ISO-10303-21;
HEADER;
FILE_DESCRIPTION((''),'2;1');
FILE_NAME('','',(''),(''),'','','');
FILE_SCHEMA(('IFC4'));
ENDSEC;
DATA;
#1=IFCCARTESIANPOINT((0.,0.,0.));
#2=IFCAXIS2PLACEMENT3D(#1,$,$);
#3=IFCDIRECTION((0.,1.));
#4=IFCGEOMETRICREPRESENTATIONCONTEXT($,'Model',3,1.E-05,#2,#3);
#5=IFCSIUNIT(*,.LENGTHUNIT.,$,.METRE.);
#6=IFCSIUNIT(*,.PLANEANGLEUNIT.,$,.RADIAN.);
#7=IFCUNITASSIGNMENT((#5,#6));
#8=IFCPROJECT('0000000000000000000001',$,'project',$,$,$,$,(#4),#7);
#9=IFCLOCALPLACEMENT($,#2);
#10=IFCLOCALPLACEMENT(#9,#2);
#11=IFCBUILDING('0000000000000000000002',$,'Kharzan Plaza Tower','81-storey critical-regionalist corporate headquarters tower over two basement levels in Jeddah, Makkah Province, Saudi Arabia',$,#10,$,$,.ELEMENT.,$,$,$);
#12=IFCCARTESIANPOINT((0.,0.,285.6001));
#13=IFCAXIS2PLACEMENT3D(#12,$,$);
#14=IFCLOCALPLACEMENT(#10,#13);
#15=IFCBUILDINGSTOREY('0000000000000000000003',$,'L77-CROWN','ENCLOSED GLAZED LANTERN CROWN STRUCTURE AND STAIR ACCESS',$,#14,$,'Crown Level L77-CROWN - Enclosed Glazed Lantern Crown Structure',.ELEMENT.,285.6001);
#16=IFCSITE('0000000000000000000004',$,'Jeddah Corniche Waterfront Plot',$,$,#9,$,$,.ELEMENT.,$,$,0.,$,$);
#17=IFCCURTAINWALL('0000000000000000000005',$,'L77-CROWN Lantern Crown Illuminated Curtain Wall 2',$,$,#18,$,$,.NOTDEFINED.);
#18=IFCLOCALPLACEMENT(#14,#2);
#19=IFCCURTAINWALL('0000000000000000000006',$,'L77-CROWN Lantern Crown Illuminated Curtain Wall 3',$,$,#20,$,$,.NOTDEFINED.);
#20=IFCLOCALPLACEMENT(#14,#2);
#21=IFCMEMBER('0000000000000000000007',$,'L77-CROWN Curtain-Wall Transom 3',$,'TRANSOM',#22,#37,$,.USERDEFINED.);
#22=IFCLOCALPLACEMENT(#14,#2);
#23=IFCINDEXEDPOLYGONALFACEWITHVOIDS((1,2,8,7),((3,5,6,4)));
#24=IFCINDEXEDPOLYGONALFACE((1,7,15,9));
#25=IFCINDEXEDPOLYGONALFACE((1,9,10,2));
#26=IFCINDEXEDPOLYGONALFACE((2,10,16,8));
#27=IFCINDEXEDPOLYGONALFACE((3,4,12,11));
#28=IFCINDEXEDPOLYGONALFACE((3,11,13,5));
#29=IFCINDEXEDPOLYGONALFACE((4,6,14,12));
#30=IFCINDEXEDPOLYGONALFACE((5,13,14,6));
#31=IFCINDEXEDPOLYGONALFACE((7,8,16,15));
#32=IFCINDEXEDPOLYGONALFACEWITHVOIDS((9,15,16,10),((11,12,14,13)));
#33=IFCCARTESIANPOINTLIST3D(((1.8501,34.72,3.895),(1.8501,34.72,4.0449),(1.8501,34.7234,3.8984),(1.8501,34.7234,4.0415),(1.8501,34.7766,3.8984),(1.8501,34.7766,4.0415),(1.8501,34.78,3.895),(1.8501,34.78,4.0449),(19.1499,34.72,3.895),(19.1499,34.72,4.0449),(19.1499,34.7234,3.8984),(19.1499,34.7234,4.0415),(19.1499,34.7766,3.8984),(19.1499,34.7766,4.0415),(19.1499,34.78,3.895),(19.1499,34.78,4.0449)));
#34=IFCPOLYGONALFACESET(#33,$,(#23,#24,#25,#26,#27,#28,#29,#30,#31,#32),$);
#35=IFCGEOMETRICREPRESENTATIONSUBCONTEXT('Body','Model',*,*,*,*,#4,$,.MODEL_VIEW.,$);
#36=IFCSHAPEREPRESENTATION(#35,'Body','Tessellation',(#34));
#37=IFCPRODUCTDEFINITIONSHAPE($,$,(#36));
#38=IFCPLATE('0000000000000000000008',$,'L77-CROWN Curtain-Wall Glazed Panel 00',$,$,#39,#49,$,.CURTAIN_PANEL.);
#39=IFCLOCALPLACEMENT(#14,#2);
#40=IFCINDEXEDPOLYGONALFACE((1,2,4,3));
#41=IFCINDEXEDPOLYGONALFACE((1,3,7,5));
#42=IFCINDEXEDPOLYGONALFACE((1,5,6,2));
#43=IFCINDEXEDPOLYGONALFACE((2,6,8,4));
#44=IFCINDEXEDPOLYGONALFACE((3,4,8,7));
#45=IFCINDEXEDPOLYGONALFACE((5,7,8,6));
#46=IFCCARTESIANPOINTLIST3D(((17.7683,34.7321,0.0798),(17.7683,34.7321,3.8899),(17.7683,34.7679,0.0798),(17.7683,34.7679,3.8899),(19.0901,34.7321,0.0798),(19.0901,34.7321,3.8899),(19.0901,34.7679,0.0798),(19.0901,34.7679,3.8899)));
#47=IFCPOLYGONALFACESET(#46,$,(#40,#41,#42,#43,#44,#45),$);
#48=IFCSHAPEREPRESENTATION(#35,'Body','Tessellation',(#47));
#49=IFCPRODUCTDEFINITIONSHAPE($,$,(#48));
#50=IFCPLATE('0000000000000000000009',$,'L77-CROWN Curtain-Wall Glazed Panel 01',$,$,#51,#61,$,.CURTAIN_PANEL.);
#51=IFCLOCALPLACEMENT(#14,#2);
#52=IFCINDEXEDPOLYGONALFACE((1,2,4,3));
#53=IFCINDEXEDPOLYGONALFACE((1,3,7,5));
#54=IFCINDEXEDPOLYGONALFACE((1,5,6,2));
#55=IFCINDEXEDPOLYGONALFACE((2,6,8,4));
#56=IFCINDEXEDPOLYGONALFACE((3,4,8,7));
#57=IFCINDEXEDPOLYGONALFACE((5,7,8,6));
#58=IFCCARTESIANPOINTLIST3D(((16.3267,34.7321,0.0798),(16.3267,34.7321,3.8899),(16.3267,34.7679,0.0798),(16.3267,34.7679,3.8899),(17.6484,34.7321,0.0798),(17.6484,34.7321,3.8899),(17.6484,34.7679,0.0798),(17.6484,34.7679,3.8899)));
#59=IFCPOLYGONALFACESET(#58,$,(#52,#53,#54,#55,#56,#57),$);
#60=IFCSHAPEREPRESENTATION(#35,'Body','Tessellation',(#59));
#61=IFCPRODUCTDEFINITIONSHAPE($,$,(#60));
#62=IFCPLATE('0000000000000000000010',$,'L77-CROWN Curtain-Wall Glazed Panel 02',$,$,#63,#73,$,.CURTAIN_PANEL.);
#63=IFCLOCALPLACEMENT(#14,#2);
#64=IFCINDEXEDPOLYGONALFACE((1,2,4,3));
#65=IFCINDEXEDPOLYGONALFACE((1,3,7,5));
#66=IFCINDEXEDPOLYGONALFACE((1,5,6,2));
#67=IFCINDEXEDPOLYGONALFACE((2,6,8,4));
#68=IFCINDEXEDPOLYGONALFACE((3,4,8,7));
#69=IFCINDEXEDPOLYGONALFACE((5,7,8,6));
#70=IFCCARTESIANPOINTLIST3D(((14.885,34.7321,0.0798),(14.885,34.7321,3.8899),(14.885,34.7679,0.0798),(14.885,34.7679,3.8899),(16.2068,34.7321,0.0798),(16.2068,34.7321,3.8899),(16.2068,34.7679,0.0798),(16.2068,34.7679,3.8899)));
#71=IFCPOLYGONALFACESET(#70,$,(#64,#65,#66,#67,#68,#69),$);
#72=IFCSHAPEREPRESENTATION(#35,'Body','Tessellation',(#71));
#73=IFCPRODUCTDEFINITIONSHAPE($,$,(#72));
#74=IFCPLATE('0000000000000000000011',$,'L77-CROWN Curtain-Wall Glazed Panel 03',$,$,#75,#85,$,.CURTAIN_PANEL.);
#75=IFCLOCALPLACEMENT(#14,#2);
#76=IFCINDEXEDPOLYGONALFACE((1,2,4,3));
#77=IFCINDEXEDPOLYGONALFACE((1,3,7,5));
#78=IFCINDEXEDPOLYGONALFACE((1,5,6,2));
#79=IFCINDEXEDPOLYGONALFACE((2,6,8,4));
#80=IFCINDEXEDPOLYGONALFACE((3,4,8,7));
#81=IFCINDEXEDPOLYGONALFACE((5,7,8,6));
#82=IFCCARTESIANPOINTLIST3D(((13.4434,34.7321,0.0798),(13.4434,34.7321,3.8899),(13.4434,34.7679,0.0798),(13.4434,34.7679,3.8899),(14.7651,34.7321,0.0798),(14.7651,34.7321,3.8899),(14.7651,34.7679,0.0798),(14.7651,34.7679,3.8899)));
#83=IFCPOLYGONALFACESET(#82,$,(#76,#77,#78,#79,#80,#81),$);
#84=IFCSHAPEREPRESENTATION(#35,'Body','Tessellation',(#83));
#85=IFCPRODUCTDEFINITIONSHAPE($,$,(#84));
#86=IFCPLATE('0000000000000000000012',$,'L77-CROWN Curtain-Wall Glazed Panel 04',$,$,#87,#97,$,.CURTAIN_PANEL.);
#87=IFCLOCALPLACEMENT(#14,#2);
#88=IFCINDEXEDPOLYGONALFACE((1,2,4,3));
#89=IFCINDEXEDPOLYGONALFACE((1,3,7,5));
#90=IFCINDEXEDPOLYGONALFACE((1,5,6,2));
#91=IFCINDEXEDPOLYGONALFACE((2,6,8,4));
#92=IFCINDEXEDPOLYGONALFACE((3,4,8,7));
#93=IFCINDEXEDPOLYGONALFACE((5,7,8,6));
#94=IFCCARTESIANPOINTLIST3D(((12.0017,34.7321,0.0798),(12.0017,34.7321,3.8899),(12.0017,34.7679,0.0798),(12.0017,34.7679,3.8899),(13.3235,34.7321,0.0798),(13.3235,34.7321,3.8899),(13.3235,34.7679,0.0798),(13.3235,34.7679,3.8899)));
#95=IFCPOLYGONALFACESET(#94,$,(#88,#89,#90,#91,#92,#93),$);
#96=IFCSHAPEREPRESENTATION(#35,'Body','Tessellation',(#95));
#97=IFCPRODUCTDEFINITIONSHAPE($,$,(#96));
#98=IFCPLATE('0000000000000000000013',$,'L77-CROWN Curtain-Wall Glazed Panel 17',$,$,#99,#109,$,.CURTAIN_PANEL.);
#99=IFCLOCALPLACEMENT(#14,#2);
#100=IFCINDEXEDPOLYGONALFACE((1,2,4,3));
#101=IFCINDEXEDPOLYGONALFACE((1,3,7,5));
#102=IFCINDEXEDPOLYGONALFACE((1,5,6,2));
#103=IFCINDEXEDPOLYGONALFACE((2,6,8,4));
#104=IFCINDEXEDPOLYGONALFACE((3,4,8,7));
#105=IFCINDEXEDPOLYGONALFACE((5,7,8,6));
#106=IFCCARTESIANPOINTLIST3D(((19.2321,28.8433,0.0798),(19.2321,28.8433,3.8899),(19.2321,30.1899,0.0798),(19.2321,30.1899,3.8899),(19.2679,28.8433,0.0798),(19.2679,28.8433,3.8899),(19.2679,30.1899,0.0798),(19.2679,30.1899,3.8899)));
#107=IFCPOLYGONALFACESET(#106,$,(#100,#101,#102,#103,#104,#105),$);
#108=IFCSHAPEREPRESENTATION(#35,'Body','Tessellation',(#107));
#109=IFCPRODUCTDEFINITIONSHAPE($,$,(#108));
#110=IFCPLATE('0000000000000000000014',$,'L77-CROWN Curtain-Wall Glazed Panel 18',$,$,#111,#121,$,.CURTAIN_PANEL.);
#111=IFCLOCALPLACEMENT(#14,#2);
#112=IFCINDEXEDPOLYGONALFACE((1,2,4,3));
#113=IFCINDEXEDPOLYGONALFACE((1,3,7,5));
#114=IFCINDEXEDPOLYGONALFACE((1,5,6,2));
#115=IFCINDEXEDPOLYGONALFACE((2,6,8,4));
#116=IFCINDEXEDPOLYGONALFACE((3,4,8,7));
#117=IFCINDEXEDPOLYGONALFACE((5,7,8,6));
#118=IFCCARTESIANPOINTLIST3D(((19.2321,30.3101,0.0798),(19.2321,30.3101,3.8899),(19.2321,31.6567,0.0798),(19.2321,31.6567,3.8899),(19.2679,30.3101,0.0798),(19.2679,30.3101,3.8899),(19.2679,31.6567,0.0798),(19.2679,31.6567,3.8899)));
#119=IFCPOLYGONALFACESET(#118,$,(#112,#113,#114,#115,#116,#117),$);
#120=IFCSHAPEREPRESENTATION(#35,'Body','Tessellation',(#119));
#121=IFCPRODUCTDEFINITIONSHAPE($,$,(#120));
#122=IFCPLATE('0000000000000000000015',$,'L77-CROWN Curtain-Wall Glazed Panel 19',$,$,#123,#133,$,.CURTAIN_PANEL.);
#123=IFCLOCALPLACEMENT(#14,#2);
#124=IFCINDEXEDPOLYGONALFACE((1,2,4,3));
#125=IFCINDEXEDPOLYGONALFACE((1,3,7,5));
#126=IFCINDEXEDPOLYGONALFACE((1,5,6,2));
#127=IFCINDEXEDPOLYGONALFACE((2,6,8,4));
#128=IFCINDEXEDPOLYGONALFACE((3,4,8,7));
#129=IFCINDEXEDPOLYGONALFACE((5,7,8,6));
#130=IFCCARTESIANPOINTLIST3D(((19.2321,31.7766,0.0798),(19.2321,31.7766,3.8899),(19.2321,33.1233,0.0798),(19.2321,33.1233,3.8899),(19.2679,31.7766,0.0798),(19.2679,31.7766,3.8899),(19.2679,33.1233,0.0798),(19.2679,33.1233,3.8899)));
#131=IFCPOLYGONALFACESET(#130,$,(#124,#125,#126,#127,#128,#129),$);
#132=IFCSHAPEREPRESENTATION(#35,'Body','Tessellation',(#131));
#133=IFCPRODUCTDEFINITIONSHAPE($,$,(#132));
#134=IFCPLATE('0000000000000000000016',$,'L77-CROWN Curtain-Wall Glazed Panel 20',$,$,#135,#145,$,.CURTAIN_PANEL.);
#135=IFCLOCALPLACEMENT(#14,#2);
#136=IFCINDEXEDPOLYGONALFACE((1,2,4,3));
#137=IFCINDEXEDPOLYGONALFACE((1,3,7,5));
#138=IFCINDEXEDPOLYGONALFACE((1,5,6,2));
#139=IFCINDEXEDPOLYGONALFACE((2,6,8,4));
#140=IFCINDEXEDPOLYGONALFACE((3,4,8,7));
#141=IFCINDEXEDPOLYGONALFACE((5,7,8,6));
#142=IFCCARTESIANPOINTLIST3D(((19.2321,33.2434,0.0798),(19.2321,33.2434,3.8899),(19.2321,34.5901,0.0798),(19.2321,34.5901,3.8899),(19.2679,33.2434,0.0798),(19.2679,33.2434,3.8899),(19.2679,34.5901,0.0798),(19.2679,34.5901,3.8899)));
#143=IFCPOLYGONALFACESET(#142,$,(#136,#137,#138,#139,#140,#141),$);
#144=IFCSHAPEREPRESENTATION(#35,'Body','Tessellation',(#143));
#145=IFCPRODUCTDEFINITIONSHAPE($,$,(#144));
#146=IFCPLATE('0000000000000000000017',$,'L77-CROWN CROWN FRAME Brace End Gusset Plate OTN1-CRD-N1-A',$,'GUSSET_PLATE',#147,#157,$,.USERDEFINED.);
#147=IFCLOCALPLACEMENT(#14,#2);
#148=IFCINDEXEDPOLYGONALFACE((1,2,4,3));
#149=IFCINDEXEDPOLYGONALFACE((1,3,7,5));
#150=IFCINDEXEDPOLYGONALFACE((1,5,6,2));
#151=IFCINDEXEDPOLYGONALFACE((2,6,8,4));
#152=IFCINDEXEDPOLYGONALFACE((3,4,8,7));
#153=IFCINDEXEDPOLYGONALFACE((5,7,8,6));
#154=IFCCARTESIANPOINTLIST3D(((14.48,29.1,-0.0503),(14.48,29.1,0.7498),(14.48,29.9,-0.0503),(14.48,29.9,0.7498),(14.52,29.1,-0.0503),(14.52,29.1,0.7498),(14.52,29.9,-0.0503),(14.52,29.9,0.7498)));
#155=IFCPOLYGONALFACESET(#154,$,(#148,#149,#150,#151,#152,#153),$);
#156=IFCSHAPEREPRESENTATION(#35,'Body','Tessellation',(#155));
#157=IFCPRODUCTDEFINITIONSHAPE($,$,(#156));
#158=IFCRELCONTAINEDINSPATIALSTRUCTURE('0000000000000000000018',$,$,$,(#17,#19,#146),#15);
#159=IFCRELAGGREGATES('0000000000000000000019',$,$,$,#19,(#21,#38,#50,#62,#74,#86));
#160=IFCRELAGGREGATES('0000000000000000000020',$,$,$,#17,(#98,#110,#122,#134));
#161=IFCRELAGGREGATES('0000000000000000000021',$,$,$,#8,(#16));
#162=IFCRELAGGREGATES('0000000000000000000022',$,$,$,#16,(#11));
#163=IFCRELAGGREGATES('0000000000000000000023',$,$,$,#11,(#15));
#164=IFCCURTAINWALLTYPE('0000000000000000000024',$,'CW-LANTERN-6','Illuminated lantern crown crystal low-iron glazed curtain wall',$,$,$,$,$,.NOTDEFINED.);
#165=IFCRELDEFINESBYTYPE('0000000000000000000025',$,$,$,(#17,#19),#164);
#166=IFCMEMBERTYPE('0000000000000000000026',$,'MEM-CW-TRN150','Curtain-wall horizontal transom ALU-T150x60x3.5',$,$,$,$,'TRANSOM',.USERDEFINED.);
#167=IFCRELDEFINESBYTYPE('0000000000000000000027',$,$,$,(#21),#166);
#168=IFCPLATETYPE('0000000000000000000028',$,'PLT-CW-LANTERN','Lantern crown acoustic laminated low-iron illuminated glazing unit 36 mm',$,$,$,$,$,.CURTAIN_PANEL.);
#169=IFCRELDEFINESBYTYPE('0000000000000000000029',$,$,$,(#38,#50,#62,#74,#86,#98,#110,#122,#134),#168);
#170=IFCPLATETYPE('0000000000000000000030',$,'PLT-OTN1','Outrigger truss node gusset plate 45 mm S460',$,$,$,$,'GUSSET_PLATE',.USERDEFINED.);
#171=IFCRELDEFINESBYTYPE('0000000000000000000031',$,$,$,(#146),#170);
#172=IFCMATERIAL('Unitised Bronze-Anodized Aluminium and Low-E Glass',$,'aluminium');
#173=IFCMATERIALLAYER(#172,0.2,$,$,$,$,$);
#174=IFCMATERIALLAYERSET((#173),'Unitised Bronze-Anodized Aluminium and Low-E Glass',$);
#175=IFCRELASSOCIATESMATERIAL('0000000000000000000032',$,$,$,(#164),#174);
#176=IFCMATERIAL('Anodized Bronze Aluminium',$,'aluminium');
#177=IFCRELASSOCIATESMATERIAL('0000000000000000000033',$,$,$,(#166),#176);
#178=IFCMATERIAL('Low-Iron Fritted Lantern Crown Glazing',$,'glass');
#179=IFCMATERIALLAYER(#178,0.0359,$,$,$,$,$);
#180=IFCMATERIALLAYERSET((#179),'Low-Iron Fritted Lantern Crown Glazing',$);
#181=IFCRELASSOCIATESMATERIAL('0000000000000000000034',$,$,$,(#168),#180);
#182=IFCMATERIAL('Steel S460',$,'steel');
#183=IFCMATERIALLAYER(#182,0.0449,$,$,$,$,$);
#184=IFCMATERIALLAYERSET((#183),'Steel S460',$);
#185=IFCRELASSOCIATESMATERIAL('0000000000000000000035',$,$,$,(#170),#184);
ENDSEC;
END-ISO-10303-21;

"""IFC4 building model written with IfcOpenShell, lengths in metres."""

from ifc_helpers import new_model, si_unit, direction, frame, origin, origin_2d, place, context, subcontext, project, spatial, rectangle, hollow_rectangle, extrude, source, transform, mapped, material, layer, layer_set, material_profile, profile_set, type_object, element, aggregate, save


model = new_model("IFC4")

# Units and contexts
model_context = context("Model", 3, precision=1e-05, world=origin(), true_north=direction((0.0, 1.0)))
body_context = subcontext(model_context, "Body", "Model", "MODEL_VIEW")
ifc_project = project(units=[si_unit("LENGTHUNIT", "METRE"), si_unit("PLANEANGLEUNIT", "RADIAN")], contexts=[model_context])

# Site, building, storey
site_placement = place(None, origin())
site = spatial("IfcSite", under=ifc_project, at=site_placement, Name="Jeddah Corniche Waterfront Plot", CompositionType="ELEMENT", RefElevation=0.0)
building_placement = place(site_placement, origin())
building = spatial("IfcBuilding", under=site, at=building_placement, Name="Kharzan Plaza Tower", Description="81-storey critical-regionalist corporate headquarters tower over two basement levels in Jeddah, Makkah Province, Saudi Arabia", CompositionType="ELEMENT")
storey_placement = place(building_placement, frame((0.0, 0.0, 285.6001)))
storey = spatial("IfcBuildingStorey", under=building, at=storey_placement, Name="L77-CROWN", Description="ENCLOSED GLAZED LANTERN CROWN STRUCTURE AND STAIR ACCESS", LongName="Crown Level L77-CROWN - Enclosed Glazed Lantern Crown Structure", CompositionType="ELEMENT", Elevation=285.6001)

# Curtain wall
ifc_material_1 = material(Name="Unitised Bronze-Anodized Aluminium and Low-E Glass", Category="aluminium")
ifc_layer_1 = layer(ifc_material_1, 0.2)
ifc_layer_set_1 = layer_set([ifc_layer_1], Name="Unitised Bronze-Anodized Aluminium and Low-E Glass")
curtain_wall_type = type_object("IfcCurtainWallType", Name="CW-LANTERN-6", Description="Illuminated lantern crown crystal low-iron glazed curtain wall", PredefinedType="NOTDEFINED", material=ifc_layer_set_1)
curtain_wall_1_placement = place(storey_placement, origin())
curtain_wall_1 = element("IfcCurtainWall", 1, at=curtain_wall_1_placement, inside=storey, type_object=curtain_wall_type, Name="L77-CROWN Lantern Crown Illuminated Curtain Wall 2", PredefinedType="NOTDEFINED")
ifc_material_2 = material(Name="Anodized Bronze Aluminium", Category="aluminium")

# Curtain wall, member, plates
curtain_wall_2_placement = place(storey_placement, origin())
curtain_wall_2 = element("IfcCurtainWall", 2, at=curtain_wall_2_placement, inside=storey, type_object=curtain_wall_type, Name="L77-CROWN Lantern Crown Illuminated Curtain Wall 3", PredefinedType="NOTDEFINED")
ifc_material_profile_1 = material_profile(ifc_material_2, hollow_rectangle(XDim=0.0601, YDim=0.1499, WallThickness=0.0034, at=origin_2d()), Name="ALU-T150x60x3.5")
ifc_profile_set_1 = profile_set([ifc_material_profile_1], Name="Anodized Bronze Aluminium")
member_type_1 = type_object("IfcMemberType", Name="MEM-CW-TRN150", Description="Curtain-wall horizontal transom ALU-T150x60x3.5", ElementType="TRANSOM", PredefinedType="USERDEFINED", material=ifc_profile_set_1)
shared_shape_1 = source(origin(), body_context, "Body", "SweptSolid", [
    extrude(hollow_rectangle(XDim=0.0601, YDim=0.1499, WallThickness=0.0034, at=origin_2d()), origin(), (0.0, 0.0, 1.0), 17.2998),
])
member_1_placement = place(storey_placement, frame((19.1499, 34.75, 3.97), z_axis=(-1.0, 0.0, 0.0), x_axis=(0.0, -1.0, 0.0)))
member_1 = element("IfcMember", 3, at=member_1_placement, type_object=member_type_1, Name="L77-CROWN Curtain-Wall Transom 3", ObjectType="TRANSOM", PredefinedType="USERDEFINED", context=body_context, shape_type="MappedRepresentation", body=[
    mapped(shared_shape_1, transform((0.0, 0.0, 0.0), x_axis=(1.0, 0.0, 0.0), y_axis=(0.0, 1.0, 0.0), z_axis=(0.0, 0.0, 1.0))),
])
ifc_material_3 = material(Name="Low-Iron Fritted Lantern Crown Glazing", Category="glass")
ifc_layer_2 = layer(ifc_material_3, 0.0359)
ifc_layer_set_2 = layer_set([ifc_layer_2], Name="Low-Iron Fritted Lantern Crown Glazing")
plate_type_1 = type_object("IfcPlateType", Name="PLT-CW-LANTERN", Description="Lantern crown acoustic laminated low-iron illuminated glazing unit 36 mm", PredefinedType="CURTAIN_PANEL", material=ifc_layer_set_2)
shared_shape_2 = source(origin(), body_context, "Body", "SweptSolid", [
    extrude(rectangle(XDim=1.3218, YDim=0.0359, at=origin_2d()), origin(), (0.0, 0.0, 1.0), 3.8101),
])
plate_1_placement = place(storey_placement, frame((18.4292, 34.75, 0.0798), z_axis=(0.0, 0.0, 1.0), x_axis=(-1.0, 0.0, 0.0)))
plate_1 = element("IfcPlate", 4, at=plate_1_placement, type_object=plate_type_1, Name="L77-CROWN Curtain-Wall Glazed Panel 00", PredefinedType="CURTAIN_PANEL", context=body_context, shape_type="MappedRepresentation", body=[
    mapped(shared_shape_2, transform((0.0, 0.0, 0.0), x_axis=(1.0, 0.0, 0.0), y_axis=(0.0, 1.0, 0.0), z_axis=(0.0, 0.0, 1.0))),
])
plate_2_placement = place(storey_placement, frame((16.9875, 34.75, 0.0798), z_axis=(0.0, 0.0, 1.0), x_axis=(-1.0, 0.0, 0.0)))
plate_2 = element("IfcPlate", 5, at=plate_2_placement, type_object=plate_type_1, Name="L77-CROWN Curtain-Wall Glazed Panel 01", PredefinedType="CURTAIN_PANEL", context=body_context, shape_type="MappedRepresentation", body=[
    mapped(shared_shape_2, transform((0.0, 0.0, 0.0), x_axis=(1.0, 0.0, 0.0), y_axis=(0.0, 1.0, 0.0), z_axis=(0.0, 0.0, 1.0))),
])
plate_3_placement = place(storey_placement, frame((15.5459, 34.75, 0.0798), z_axis=(0.0, 0.0, 1.0), x_axis=(-1.0, 0.0, 0.0)))
plate_3 = element("IfcPlate", 6, at=plate_3_placement, type_object=plate_type_1, Name="L77-CROWN Curtain-Wall Glazed Panel 02", PredefinedType="CURTAIN_PANEL", context=body_context, shape_type="MappedRepresentation", body=[
    mapped(shared_shape_2, transform((0.0, 0.0, 0.0), x_axis=(1.0, 0.0, 0.0), y_axis=(0.0, 1.0, 0.0), z_axis=(0.0, 0.0, 1.0))),
])
plate_4_placement = place(storey_placement, frame((14.1042, 34.75, 0.0798), z_axis=(0.0, 0.0, 1.0), x_axis=(-1.0, 0.0, 0.0)))
plate_4 = element("IfcPlate", 7, at=plate_4_placement, type_object=plate_type_1, Name="L77-CROWN Curtain-Wall Glazed Panel 03", PredefinedType="CURTAIN_PANEL", context=body_context, shape_type="MappedRepresentation", body=[
    mapped(shared_shape_2, transform((0.0, 0.0, 0.0), x_axis=(1.0, 0.0, 0.0), y_axis=(0.0, 1.0, 0.0), z_axis=(0.0, 0.0, 1.0))),
])
plate_5_placement = place(storey_placement, frame((12.6626, 34.75, 0.0798), z_axis=(0.0, 0.0, 1.0), x_axis=(-1.0, 0.0, 0.0)))
plate_5 = element("IfcPlate", 8, at=plate_5_placement, type_object=plate_type_1, Name="L77-CROWN Curtain-Wall Glazed Panel 04", PredefinedType="CURTAIN_PANEL", context=body_context, shape_type="MappedRepresentation", body=[
    mapped(shared_shape_2, transform((0.0, 0.0, 0.0), x_axis=(1.0, 0.0, 0.0), y_axis=(0.0, 1.0, 0.0), z_axis=(0.0, 0.0, 1.0))),
])
aggregate(curtain_wall_2, [member_1, plate_1, plate_2, plate_3, plate_4, plate_5])

# Plates
shared_shape_3 = source(origin(), body_context, "Body", "SweptSolid", [
    extrude(rectangle(XDim=1.3467, YDim=0.0359, at=origin_2d()), origin(), (0.0, 0.0, 1.0), 3.8101),
])
plate_6_placement = place(storey_placement, frame((19.25, 29.5166, 0.0798), z_axis=(0.0, 0.0, 1.0), x_axis=(0.0, 1.0, 0.0)))
plate_6 = element("IfcPlate", 9, at=plate_6_placement, type_object=plate_type_1, Name="L77-CROWN Curtain-Wall Glazed Panel 17", PredefinedType="CURTAIN_PANEL", context=body_context, shape_type="MappedRepresentation", body=[
    mapped(shared_shape_3, transform((0.0, 0.0, 0.0), x_axis=(1.0, 0.0, 0.0), y_axis=(0.0, 1.0, 0.0), z_axis=(0.0, 0.0, 1.0))),
])
plate_7_placement = place(storey_placement, frame((19.25, 30.9834, 0.0798), z_axis=(0.0, 0.0, 1.0), x_axis=(0.0, 1.0, 0.0)))
plate_7 = element("IfcPlate", 10, at=plate_7_placement, type_object=plate_type_1, Name="L77-CROWN Curtain-Wall Glazed Panel 18", PredefinedType="CURTAIN_PANEL", context=body_context, shape_type="MappedRepresentation", body=[
    mapped(shared_shape_3, transform((0.0, 0.0, 0.0), x_axis=(1.0, 0.0, 0.0), y_axis=(0.0, 1.0, 0.0), z_axis=(0.0, 0.0, 1.0))),
])
plate_8_placement = place(storey_placement, frame((19.25, 32.45, 0.0798), z_axis=(0.0, 0.0, 1.0), x_axis=(0.0, 1.0, 0.0)))
plate_8 = element("IfcPlate", 11, at=plate_8_placement, type_object=plate_type_1, Name="L77-CROWN Curtain-Wall Glazed Panel 19", PredefinedType="CURTAIN_PANEL", context=body_context, shape_type="MappedRepresentation", body=[
    mapped(shared_shape_3, transform((0.0, 0.0, 0.0), x_axis=(1.0, 0.0, 0.0), y_axis=(0.0, 1.0, 0.0), z_axis=(0.0, 0.0, 1.0))),
])
plate_9_placement = place(storey_placement, frame((19.25, 33.9167, 0.0798), z_axis=(0.0, 0.0, 1.0), x_axis=(0.0, 1.0, 0.0)))
plate_9 = element("IfcPlate", 12, at=plate_9_placement, type_object=plate_type_1, Name="L77-CROWN Curtain-Wall Glazed Panel 20", PredefinedType="CURTAIN_PANEL", context=body_context, shape_type="MappedRepresentation", body=[
    mapped(shared_shape_3, transform((0.0, 0.0, 0.0), x_axis=(1.0, 0.0, 0.0), y_axis=(0.0, 1.0, 0.0), z_axis=(0.0, 0.0, 1.0))),
])
aggregate(curtain_wall_1, [plate_6, plate_7, plate_8, plate_9])
ifc_material_4 = material(Name="Steel S460", Category="steel")
ifc_layer_3 = layer(ifc_material_4, 0.0449)
ifc_layer_set_3 = layer_set([ifc_layer_3], Name="Steel S460")
plate_type_2 = type_object("IfcPlateType", Name="PLT-OTN1", Description="Outrigger truss node gusset plate 45 mm S460", ElementType="GUSSET_PLATE", PredefinedType="USERDEFINED", material=ifc_layer_set_3)
shared_shape_4 = source(origin(), body_context, "Body", "SweptSolid", [
    extrude(rectangle(XDim=0.8, YDim=0.04, at=origin_2d()), origin(), (0.0, 0.0, 1.0), 0.8),
])
plate_10_placement = place(storey_placement, frame((14.5, 29.5, -0.0503), z_axis=(0.0, 0.0, 1.0), x_axis=(0.0, -1.0, 0.0)))
element("IfcPlate", 13, at=plate_10_placement, inside=storey, type_object=plate_type_2, Name="L77-CROWN CROWN FRAME Brace End Gusset Plate OTN1-CRD-N1-A", ObjectType="GUSSET_PLATE", PredefinedType="USERDEFINED", context=body_context, shape_type="MappedRepresentation", body=[
    mapped(shared_shape_4, transform((0.0, 0.0, 0.0), x_axis=(1.0, 0.0, 0.0), y_axis=(0.0, 1.0, 0.0), z_axis=(0.0, 0.0, 1.0))),
])

save(model, "model.ifc")
